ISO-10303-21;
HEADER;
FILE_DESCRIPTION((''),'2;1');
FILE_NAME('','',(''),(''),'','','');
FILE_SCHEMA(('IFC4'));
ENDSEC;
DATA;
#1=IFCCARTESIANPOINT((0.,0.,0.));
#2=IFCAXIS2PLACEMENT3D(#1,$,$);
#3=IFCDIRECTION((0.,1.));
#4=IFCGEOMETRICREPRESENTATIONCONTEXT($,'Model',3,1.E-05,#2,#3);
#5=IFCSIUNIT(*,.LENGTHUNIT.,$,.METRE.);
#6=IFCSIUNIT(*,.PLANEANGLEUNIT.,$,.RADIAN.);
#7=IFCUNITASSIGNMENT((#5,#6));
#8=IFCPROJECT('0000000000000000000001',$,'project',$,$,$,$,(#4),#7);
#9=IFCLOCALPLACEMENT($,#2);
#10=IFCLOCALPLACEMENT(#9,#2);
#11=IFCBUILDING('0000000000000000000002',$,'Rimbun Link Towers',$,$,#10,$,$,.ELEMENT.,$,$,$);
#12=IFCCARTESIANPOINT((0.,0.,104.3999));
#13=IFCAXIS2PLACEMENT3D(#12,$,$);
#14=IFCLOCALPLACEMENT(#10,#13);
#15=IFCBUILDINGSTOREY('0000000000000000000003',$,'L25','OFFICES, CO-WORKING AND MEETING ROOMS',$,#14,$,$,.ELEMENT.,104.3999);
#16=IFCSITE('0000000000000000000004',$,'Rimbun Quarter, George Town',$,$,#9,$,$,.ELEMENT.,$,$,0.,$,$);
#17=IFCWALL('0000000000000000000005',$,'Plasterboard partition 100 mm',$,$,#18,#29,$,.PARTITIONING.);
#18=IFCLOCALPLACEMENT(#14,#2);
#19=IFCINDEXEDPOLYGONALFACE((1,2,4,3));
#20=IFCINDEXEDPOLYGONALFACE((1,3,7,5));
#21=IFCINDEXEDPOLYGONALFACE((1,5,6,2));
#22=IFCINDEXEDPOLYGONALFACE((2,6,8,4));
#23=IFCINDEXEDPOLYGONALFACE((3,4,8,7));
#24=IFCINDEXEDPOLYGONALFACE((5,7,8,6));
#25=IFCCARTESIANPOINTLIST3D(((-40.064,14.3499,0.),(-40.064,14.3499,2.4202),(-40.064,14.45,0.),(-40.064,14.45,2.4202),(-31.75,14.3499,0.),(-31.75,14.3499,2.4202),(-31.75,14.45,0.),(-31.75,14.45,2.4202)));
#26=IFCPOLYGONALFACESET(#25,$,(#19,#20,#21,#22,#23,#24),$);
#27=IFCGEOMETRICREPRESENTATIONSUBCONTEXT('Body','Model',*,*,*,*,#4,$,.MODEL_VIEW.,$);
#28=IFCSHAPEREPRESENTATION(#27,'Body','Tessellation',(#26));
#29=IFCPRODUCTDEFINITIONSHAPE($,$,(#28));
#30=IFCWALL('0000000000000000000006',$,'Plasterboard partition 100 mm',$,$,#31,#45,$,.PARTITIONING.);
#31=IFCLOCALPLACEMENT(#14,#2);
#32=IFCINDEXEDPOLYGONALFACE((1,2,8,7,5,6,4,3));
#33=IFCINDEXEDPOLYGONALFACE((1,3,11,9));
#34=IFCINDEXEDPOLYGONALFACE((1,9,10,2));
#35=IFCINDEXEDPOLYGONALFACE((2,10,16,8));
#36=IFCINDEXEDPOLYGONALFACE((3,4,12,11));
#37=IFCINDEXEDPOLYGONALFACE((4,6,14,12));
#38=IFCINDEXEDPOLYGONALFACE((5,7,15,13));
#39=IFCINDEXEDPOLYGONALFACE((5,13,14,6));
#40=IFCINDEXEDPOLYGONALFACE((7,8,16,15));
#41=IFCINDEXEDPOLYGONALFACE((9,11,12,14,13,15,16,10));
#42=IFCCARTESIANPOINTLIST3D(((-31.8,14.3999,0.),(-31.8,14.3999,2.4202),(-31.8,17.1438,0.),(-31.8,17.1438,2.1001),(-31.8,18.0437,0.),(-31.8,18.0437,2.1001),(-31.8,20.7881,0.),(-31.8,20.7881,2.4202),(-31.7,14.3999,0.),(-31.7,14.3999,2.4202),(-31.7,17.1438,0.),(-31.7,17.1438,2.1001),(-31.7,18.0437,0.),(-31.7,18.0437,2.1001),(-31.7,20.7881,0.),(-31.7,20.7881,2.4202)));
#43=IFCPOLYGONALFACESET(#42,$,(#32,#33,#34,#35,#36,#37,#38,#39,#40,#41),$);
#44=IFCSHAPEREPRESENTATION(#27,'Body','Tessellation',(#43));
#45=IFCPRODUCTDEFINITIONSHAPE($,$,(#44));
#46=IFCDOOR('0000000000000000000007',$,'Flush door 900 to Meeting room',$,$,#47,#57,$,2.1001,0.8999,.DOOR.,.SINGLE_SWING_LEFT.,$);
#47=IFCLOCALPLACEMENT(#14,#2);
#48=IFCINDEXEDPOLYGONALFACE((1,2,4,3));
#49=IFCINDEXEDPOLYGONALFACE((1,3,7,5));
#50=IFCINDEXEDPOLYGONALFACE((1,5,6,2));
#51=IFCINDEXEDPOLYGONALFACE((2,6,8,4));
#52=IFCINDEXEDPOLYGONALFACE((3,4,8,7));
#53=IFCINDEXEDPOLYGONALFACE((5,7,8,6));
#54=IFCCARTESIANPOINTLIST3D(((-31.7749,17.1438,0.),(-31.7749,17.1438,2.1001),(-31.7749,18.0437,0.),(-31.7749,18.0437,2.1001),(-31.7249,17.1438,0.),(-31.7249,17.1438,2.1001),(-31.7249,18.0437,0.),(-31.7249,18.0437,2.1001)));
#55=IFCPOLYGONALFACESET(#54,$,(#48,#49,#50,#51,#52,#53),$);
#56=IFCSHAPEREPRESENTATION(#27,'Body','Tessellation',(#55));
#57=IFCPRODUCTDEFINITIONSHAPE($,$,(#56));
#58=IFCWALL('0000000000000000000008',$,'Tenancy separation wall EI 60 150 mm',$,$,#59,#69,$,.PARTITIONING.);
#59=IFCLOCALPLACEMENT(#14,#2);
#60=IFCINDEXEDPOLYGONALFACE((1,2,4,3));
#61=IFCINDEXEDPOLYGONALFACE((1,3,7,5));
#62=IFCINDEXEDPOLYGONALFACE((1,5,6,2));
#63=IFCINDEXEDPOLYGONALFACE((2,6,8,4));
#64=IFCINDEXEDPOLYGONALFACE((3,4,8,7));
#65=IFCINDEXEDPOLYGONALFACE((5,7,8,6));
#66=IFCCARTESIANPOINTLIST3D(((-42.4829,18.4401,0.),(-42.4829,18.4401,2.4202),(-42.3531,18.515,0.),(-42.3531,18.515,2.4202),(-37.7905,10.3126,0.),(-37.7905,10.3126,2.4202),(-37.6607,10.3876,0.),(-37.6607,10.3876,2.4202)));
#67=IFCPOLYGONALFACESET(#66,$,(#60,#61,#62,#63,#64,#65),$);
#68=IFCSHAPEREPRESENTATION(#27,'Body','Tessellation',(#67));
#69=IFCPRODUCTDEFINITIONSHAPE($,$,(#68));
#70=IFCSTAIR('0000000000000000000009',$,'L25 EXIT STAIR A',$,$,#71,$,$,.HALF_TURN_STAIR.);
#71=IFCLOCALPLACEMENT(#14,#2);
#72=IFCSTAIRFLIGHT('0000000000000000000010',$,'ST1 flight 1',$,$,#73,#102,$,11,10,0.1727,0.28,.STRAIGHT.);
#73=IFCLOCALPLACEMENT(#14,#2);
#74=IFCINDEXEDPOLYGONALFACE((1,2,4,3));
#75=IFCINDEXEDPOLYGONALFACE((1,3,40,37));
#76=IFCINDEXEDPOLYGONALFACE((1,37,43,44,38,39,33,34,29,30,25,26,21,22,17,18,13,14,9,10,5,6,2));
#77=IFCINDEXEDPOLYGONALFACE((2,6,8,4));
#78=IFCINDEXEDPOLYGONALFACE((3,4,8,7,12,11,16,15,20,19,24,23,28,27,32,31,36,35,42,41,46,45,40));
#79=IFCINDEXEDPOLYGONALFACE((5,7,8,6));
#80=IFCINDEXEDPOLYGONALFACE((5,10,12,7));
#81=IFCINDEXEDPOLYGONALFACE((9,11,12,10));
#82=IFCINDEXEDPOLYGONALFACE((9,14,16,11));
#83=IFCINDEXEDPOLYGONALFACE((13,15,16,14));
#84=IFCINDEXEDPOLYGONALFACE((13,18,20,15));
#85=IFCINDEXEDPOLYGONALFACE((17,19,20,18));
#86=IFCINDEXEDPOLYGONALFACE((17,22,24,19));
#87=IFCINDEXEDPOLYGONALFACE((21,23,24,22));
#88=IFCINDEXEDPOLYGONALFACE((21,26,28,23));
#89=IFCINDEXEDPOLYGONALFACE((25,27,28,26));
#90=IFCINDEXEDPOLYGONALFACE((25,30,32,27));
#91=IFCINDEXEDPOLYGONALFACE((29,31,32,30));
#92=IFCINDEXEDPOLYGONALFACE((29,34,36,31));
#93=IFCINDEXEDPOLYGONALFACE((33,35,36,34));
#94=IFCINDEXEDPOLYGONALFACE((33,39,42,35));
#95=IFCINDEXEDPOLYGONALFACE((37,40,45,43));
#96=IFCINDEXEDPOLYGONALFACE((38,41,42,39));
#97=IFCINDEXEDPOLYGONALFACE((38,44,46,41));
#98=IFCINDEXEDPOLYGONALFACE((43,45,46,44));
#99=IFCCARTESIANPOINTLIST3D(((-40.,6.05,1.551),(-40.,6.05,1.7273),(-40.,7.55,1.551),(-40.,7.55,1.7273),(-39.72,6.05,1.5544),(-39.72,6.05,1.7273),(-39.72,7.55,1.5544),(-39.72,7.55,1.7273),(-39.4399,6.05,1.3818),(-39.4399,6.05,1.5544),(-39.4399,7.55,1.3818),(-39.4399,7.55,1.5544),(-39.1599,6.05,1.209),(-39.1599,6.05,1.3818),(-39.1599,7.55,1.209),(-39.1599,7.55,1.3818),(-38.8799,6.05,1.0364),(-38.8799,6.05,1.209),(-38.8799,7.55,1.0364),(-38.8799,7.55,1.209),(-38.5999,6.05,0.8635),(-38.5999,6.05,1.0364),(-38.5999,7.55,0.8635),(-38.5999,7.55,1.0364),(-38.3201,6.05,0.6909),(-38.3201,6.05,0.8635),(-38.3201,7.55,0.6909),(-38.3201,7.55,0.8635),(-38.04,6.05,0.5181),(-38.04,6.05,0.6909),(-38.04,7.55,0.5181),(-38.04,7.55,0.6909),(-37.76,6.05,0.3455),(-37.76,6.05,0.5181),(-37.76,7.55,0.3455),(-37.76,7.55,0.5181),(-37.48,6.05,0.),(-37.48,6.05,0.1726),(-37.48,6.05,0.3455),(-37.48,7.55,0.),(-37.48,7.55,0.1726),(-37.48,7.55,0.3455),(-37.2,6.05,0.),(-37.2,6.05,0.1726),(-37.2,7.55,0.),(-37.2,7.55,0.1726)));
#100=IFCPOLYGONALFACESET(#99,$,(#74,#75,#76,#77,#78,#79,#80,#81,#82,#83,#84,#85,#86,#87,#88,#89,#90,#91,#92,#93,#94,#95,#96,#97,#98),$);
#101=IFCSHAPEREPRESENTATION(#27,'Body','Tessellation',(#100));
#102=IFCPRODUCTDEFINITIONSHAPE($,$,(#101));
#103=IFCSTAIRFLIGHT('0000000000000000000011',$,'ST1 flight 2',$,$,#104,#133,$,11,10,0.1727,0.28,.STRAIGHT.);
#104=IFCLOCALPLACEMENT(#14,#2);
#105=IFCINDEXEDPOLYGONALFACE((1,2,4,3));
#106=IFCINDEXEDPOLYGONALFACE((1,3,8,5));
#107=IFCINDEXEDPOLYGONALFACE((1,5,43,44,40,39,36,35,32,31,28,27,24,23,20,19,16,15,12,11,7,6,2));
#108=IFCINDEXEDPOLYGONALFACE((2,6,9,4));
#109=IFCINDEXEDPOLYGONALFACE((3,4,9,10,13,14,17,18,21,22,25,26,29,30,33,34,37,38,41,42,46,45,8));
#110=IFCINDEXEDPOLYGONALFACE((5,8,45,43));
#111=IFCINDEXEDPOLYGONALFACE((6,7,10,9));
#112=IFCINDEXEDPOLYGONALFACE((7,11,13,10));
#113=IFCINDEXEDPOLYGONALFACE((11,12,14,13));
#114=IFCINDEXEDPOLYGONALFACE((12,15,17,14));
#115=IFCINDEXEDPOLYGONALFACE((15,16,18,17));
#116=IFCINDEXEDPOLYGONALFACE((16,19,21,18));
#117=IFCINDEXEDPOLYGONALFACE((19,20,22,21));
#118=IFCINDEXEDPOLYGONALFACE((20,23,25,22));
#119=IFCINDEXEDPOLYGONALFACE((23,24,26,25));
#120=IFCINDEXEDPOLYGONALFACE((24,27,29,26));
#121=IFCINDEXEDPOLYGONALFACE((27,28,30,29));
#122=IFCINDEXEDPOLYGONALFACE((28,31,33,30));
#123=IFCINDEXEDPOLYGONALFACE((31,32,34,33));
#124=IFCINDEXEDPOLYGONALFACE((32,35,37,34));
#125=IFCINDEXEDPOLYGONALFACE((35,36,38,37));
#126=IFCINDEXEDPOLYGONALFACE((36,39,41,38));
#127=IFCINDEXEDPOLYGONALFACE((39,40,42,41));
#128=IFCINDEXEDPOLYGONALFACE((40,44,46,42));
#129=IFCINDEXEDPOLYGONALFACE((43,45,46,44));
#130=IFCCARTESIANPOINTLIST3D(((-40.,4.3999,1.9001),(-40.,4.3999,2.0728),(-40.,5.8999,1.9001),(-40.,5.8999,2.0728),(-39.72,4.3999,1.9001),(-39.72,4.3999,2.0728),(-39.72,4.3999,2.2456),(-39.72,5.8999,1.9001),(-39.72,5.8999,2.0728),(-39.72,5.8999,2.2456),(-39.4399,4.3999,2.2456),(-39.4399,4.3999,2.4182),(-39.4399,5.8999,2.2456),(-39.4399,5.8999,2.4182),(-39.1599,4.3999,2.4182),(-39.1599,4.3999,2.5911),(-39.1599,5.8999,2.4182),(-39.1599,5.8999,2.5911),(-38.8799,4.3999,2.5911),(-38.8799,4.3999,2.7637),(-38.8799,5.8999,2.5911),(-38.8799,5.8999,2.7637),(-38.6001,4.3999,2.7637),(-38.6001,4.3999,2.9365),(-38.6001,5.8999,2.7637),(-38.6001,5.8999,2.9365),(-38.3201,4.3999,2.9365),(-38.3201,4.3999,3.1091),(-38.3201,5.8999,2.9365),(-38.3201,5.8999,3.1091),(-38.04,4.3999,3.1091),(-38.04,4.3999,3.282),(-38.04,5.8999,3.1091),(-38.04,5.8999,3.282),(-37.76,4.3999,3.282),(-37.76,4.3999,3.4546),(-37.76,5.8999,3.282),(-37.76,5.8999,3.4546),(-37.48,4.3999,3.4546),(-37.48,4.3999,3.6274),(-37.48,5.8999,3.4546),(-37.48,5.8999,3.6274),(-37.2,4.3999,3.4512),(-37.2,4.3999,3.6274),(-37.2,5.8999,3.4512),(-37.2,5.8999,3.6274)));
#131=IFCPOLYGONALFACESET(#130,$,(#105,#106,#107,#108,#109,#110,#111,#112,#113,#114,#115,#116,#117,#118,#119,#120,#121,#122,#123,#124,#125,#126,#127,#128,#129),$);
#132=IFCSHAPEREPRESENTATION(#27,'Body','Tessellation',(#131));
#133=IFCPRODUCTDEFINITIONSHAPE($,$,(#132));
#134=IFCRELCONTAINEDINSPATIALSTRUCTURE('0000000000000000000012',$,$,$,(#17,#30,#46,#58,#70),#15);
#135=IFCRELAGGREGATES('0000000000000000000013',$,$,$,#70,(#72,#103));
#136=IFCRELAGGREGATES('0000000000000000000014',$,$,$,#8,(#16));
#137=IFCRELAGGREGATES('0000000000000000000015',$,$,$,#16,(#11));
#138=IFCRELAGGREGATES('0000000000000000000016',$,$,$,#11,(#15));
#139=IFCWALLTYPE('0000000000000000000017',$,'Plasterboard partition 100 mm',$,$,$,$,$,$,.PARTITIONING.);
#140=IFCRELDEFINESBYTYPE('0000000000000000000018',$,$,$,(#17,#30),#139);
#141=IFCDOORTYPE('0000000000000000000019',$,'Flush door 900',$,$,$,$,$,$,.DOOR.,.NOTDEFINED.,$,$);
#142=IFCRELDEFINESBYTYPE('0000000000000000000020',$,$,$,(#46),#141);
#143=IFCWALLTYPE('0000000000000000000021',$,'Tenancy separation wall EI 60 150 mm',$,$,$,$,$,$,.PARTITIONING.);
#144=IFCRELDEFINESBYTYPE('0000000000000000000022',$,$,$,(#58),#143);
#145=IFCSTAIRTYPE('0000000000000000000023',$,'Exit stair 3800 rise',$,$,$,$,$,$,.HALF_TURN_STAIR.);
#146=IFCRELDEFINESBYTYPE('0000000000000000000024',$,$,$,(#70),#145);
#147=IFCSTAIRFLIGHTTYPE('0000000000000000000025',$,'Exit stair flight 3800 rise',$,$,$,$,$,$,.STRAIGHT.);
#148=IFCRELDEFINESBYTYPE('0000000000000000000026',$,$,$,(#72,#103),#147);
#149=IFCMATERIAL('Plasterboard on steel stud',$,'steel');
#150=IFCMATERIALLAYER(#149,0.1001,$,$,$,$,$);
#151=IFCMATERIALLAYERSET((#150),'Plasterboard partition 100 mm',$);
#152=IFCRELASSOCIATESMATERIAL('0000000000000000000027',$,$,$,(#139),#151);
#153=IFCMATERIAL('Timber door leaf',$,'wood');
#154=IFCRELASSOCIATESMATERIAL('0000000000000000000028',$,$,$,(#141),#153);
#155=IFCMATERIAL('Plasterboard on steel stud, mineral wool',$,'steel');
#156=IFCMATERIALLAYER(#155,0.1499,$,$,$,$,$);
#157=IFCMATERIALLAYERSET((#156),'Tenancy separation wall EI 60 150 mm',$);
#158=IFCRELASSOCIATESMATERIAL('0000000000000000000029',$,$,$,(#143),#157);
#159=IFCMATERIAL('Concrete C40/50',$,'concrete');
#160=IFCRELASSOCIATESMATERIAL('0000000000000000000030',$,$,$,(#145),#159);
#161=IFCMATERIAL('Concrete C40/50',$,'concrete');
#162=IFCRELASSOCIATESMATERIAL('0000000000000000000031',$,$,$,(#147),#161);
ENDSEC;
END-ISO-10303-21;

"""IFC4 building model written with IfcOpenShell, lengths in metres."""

from ifc_helpers import new_model, si_unit, direction, frame, frame_2d, origin, place, context, subcontext, project, spatial, polyline, rectangle, outline, extrude, material, layer, layer_set, type_object, element, fill, aggregate, save


model = new_model("IFC4")

# Units and contexts
model_context = context("Model", 3, precision=1e-05, world=origin(), true_north=direction((0.0, 1.0)))
body_context = subcontext(model_context, "Body", "Model", "MODEL_VIEW")
ifc_project = project(units=[si_unit("LENGTHUNIT", "METRE"), si_unit("PLANEANGLEUNIT", "RADIAN")], contexts=[model_context])

# Site, building, storey
site_placement = place(None, origin())
site = spatial("IfcSite", under=ifc_project, at=site_placement, Name="Rimbun Quarter, George Town", CompositionType="ELEMENT", RefElevation=0.0)
building_placement = place(site_placement, origin())
building = spatial("IfcBuilding", under=site, at=building_placement, Name="Rimbun Link Towers", CompositionType="ELEMENT")
storey_placement = place(building_placement, frame((0.0, 0.0, 104.3999)))
storey = spatial("IfcBuildingStorey", under=building, at=storey_placement, Name="L25", Description="OFFICES, CO-WORKING AND MEETING ROOMS", CompositionType="ELEMENT", Elevation=104.3999)

# Shared definitions
ifc_material_1 = material(Name="Plasterboard on steel stud", Category="steel")
ifc_layer_1 = layer(ifc_material_1, 0.1001)
ifc_layer_set_1 = layer_set([ifc_layer_1], Name="Plasterboard partition 100 mm")
wall_type_1 = type_object("IfcWallType", Name="Plasterboard partition 100 mm", PredefinedType="PARTITIONING", material=ifc_layer_set_1)
ifc_material_2 = material(Name="Timber door leaf", Category="wood")
door_type_1 = type_object("IfcDoorType", Name="Flush door 900", OperationType="NOTDEFINED", PredefinedType="DOOR", material=ifc_material_2)

# Wall
wall_1_placement = place(storey_placement, frame((-31.75, 14.3999, 0.0), z_axis=(0.0, 0.0, 1.0), x_axis=(-1.0, 0.0, 0.0)))
element("IfcWall", 1, at=wall_1_placement, inside=storey, type_object=wall_type_1, Name="Plasterboard partition 100 mm", PredefinedType="PARTITIONING", context=body_context, shape_type="SweptSolid", body=[
    extrude(rectangle(XDim=8.314, YDim=0.1001, at=frame_2d((4.157, 0.0))), origin(), (0.0, 0.0, 1.0), 2.4202),
])

# Wall, opening, door
wall_2_placement = place(storey_placement, frame((-31.75, 14.3999, 0.0), z_axis=(0.0, 0.0, 1.0), x_axis=(0.0, 1.0, 0.0)))
wall_2 = element("IfcWall", 2, at=wall_2_placement, inside=storey, type_object=wall_type_1, Name="Plasterboard partition 100 mm", PredefinedType="PARTITIONING", context=body_context, shape_type="SweptSolid", body=[
    extrude(rectangle(XDim=6.3882, YDim=0.1001, at=frame_2d((3.1941, 0.0))), origin(), (0.0, 0.0, 1.0), 2.4202),
])
opening_1_placement = place(wall_2_placement, frame((2.7439, 0.0, 0.0)))
opening_1 = element("IfcOpeningElement", 3, at=opening_1_placement, cuts=wall_2, PredefinedType="OPENING", context=body_context, shape_type="SweptSolid", body=[
    extrude(rectangle(XDim=0.8999, YDim=2.1001, at=frame_2d((0.45, 1.05))), frame((0.0, 0.0601, 0.0), z_axis=(0.0, -1.0, 0.0), x_axis=(1.0, 0.0, 0.0)), (0.0, 0.0, 1.0), 0.1201),
])
door_1_placement = place(opening_1_placement, origin())
door_1 = element("IfcDoor", 4, at=door_1_placement, inside=storey, type_object=door_type_1, Name="Flush door 900 to Meeting room", OperationType="SINGLE_SWING_LEFT", OverallHeight=2.1001, OverallWidth=0.8999, PredefinedType="DOOR", context=body_context, shape_type="SweptSolid", body=[
    extrude(rectangle(XDim=0.8999, YDim=2.1001, at=frame_2d((0.45, 1.05))), frame((0.0, 0.0249, 0.0), z_axis=(0.0, -1.0, 0.0), x_axis=(1.0, 0.0, 0.0)), (0.0, 0.0, 1.0), 0.05),
])
fill(opening_1, door_1)

# Wall
ifc_material_3 = material(Name="Plasterboard on steel stud, mineral wool", Category="steel")
ifc_layer_2 = layer(ifc_material_3, 0.1499)
ifc_layer_set_2 = layer_set([ifc_layer_2], Name="Tenancy separation wall EI 60 150 mm")
wall_type_2 = type_object("IfcWallType", Name="Tenancy separation wall EI 60 150 mm", PredefinedType="PARTITIONING", material=ifc_layer_set_2)
wall_3_placement = place(storey_placement, frame((-37.7256, 10.3501, 0.0), z_axis=(0.0, 0.0, 1.0), x_axis=(-0.5, 0.866025, 0.0)))
element("IfcWall", 5, at=wall_3_placement, inside=storey, type_object=wall_type_2, Name="Tenancy separation wall EI 60 150 mm", PredefinedType="PARTITIONING", context=body_context, shape_type="SweptSolid", body=[
    extrude(rectangle(XDim=9.3848, YDim=0.1499, at=frame_2d((4.6924, 0.0))), origin(), (0.0, 0.0, 1.0), 2.4202),
])

# Stair, stair flights
ifc_material_4 = material(Name="Concrete C40/50", Category="concrete")
stair_type = type_object("IfcStairType", Name="Exit stair 3800 rise", PredefinedType="HALF_TURN_STAIR", material=ifc_material_4)
stair_placement = place(storey_placement, origin())
stair = element("IfcStair", 6, at=stair_placement, inside=storey, type_object=stair_type, Name="L25 EXIT STAIR A", PredefinedType="HALF_TURN_STAIR")
ifc_material_5 = material(Name="Concrete C40/50", Category="concrete")
stair_flight_type = type_object("IfcStairFlightType", Name="Exit stair flight 3800 rise", PredefinedType="STRAIGHT", material=ifc_material_5)
stair_flight_1_placement = place(storey_placement, frame((-37.2, 6.8, 0.0), z_axis=(0.0, 0.0, 1.0), x_axis=(-1.0, 0.0, 0.0)))
stair_flight_1 = element("IfcStairFlight", 7, at=stair_flight_1_placement, type_object=stair_flight_type, Name="ST1 flight 1", NumberOfRisers=11, NumberOfTreads=10, PredefinedType="STRAIGHT", RiserHeight=0.1727, TreadLength=0.28, context=body_context, shape_type="SweptSolid", body=[
    extrude(outline(polyline([(0.0, 0.0), (0.0, 0.1726), (0.28, 0.1726), (0.28, 0.3455), (0.5601, 0.3455), (0.5601, 0.5181), (0.8401, 0.5181), (0.8401, 0.6909), (1.1201, 0.6909), (1.1201, 0.8635), (1.3999, 0.8635), (1.3999, 1.0364), (1.6799, 1.0364), (1.6799, 1.209), (1.96, 1.209), (1.96, 1.3818), (2.24, 1.3818), (2.24, 1.5544), (2.52, 1.5544), (2.52, 1.7273), (2.8, 1.7273), (2.8, 1.8999), (2.8, 1.551), (0.28, 0.0), (0.0, 0.0)])), frame((0.0, 0.75, 0.0), z_axis=(0.0, -1.0, 0.0), x_axis=(1.0, 0.0, 0.0)), (0.0, 0.0, 1.0), 1.5),
])
stair_flight_2_placement = place(storey_placement, frame((-40.0, 5.1499, 1.9001), z_axis=(0.0, 0.0, 1.0), x_axis=(1.0, 0.0, 0.0)))
stair_flight_2 = element("IfcStairFlight", 8, at=stair_flight_2_placement, type_object=stair_flight_type, Name="ST1 flight 2", NumberOfRisers=11, NumberOfTreads=10, PredefinedType="STRAIGHT", RiserHeight=0.1727, TreadLength=0.28, context=body_context, shape_type="SweptSolid", body=[
    extrude(outline(polyline([(0.0, 0.0), (0.0, 0.1726), (0.28, 0.1726), (0.28, 0.3455), (0.5601, 0.3455), (0.5601, 0.5181), (0.8401, 0.5181), (0.8401, 0.6909), (1.1201, 0.6909), (1.1201, 0.8635), (1.3999, 0.8635), (1.3999, 1.0364), (1.6799, 1.0364), (1.6799, 1.209), (1.96, 1.209), (1.96, 1.3818), (2.24, 1.3818), (2.24, 1.5544), (2.52, 1.5544), (2.52, 1.7273), (2.8, 1.7273), (2.8, 1.8999), (2.8, 1.551), (0.28, 0.0), (0.0, 0.0)])), frame((0.0, 0.75, 0.0), z_axis=(0.0, -1.0, 0.0), x_axis=(1.0, 0.0, 0.0)), (0.0, 0.0, 1.0), 1.5),
])
aggregate(stair, [stair_flight_1, stair_flight_2])

save(model, "model.ifc")
